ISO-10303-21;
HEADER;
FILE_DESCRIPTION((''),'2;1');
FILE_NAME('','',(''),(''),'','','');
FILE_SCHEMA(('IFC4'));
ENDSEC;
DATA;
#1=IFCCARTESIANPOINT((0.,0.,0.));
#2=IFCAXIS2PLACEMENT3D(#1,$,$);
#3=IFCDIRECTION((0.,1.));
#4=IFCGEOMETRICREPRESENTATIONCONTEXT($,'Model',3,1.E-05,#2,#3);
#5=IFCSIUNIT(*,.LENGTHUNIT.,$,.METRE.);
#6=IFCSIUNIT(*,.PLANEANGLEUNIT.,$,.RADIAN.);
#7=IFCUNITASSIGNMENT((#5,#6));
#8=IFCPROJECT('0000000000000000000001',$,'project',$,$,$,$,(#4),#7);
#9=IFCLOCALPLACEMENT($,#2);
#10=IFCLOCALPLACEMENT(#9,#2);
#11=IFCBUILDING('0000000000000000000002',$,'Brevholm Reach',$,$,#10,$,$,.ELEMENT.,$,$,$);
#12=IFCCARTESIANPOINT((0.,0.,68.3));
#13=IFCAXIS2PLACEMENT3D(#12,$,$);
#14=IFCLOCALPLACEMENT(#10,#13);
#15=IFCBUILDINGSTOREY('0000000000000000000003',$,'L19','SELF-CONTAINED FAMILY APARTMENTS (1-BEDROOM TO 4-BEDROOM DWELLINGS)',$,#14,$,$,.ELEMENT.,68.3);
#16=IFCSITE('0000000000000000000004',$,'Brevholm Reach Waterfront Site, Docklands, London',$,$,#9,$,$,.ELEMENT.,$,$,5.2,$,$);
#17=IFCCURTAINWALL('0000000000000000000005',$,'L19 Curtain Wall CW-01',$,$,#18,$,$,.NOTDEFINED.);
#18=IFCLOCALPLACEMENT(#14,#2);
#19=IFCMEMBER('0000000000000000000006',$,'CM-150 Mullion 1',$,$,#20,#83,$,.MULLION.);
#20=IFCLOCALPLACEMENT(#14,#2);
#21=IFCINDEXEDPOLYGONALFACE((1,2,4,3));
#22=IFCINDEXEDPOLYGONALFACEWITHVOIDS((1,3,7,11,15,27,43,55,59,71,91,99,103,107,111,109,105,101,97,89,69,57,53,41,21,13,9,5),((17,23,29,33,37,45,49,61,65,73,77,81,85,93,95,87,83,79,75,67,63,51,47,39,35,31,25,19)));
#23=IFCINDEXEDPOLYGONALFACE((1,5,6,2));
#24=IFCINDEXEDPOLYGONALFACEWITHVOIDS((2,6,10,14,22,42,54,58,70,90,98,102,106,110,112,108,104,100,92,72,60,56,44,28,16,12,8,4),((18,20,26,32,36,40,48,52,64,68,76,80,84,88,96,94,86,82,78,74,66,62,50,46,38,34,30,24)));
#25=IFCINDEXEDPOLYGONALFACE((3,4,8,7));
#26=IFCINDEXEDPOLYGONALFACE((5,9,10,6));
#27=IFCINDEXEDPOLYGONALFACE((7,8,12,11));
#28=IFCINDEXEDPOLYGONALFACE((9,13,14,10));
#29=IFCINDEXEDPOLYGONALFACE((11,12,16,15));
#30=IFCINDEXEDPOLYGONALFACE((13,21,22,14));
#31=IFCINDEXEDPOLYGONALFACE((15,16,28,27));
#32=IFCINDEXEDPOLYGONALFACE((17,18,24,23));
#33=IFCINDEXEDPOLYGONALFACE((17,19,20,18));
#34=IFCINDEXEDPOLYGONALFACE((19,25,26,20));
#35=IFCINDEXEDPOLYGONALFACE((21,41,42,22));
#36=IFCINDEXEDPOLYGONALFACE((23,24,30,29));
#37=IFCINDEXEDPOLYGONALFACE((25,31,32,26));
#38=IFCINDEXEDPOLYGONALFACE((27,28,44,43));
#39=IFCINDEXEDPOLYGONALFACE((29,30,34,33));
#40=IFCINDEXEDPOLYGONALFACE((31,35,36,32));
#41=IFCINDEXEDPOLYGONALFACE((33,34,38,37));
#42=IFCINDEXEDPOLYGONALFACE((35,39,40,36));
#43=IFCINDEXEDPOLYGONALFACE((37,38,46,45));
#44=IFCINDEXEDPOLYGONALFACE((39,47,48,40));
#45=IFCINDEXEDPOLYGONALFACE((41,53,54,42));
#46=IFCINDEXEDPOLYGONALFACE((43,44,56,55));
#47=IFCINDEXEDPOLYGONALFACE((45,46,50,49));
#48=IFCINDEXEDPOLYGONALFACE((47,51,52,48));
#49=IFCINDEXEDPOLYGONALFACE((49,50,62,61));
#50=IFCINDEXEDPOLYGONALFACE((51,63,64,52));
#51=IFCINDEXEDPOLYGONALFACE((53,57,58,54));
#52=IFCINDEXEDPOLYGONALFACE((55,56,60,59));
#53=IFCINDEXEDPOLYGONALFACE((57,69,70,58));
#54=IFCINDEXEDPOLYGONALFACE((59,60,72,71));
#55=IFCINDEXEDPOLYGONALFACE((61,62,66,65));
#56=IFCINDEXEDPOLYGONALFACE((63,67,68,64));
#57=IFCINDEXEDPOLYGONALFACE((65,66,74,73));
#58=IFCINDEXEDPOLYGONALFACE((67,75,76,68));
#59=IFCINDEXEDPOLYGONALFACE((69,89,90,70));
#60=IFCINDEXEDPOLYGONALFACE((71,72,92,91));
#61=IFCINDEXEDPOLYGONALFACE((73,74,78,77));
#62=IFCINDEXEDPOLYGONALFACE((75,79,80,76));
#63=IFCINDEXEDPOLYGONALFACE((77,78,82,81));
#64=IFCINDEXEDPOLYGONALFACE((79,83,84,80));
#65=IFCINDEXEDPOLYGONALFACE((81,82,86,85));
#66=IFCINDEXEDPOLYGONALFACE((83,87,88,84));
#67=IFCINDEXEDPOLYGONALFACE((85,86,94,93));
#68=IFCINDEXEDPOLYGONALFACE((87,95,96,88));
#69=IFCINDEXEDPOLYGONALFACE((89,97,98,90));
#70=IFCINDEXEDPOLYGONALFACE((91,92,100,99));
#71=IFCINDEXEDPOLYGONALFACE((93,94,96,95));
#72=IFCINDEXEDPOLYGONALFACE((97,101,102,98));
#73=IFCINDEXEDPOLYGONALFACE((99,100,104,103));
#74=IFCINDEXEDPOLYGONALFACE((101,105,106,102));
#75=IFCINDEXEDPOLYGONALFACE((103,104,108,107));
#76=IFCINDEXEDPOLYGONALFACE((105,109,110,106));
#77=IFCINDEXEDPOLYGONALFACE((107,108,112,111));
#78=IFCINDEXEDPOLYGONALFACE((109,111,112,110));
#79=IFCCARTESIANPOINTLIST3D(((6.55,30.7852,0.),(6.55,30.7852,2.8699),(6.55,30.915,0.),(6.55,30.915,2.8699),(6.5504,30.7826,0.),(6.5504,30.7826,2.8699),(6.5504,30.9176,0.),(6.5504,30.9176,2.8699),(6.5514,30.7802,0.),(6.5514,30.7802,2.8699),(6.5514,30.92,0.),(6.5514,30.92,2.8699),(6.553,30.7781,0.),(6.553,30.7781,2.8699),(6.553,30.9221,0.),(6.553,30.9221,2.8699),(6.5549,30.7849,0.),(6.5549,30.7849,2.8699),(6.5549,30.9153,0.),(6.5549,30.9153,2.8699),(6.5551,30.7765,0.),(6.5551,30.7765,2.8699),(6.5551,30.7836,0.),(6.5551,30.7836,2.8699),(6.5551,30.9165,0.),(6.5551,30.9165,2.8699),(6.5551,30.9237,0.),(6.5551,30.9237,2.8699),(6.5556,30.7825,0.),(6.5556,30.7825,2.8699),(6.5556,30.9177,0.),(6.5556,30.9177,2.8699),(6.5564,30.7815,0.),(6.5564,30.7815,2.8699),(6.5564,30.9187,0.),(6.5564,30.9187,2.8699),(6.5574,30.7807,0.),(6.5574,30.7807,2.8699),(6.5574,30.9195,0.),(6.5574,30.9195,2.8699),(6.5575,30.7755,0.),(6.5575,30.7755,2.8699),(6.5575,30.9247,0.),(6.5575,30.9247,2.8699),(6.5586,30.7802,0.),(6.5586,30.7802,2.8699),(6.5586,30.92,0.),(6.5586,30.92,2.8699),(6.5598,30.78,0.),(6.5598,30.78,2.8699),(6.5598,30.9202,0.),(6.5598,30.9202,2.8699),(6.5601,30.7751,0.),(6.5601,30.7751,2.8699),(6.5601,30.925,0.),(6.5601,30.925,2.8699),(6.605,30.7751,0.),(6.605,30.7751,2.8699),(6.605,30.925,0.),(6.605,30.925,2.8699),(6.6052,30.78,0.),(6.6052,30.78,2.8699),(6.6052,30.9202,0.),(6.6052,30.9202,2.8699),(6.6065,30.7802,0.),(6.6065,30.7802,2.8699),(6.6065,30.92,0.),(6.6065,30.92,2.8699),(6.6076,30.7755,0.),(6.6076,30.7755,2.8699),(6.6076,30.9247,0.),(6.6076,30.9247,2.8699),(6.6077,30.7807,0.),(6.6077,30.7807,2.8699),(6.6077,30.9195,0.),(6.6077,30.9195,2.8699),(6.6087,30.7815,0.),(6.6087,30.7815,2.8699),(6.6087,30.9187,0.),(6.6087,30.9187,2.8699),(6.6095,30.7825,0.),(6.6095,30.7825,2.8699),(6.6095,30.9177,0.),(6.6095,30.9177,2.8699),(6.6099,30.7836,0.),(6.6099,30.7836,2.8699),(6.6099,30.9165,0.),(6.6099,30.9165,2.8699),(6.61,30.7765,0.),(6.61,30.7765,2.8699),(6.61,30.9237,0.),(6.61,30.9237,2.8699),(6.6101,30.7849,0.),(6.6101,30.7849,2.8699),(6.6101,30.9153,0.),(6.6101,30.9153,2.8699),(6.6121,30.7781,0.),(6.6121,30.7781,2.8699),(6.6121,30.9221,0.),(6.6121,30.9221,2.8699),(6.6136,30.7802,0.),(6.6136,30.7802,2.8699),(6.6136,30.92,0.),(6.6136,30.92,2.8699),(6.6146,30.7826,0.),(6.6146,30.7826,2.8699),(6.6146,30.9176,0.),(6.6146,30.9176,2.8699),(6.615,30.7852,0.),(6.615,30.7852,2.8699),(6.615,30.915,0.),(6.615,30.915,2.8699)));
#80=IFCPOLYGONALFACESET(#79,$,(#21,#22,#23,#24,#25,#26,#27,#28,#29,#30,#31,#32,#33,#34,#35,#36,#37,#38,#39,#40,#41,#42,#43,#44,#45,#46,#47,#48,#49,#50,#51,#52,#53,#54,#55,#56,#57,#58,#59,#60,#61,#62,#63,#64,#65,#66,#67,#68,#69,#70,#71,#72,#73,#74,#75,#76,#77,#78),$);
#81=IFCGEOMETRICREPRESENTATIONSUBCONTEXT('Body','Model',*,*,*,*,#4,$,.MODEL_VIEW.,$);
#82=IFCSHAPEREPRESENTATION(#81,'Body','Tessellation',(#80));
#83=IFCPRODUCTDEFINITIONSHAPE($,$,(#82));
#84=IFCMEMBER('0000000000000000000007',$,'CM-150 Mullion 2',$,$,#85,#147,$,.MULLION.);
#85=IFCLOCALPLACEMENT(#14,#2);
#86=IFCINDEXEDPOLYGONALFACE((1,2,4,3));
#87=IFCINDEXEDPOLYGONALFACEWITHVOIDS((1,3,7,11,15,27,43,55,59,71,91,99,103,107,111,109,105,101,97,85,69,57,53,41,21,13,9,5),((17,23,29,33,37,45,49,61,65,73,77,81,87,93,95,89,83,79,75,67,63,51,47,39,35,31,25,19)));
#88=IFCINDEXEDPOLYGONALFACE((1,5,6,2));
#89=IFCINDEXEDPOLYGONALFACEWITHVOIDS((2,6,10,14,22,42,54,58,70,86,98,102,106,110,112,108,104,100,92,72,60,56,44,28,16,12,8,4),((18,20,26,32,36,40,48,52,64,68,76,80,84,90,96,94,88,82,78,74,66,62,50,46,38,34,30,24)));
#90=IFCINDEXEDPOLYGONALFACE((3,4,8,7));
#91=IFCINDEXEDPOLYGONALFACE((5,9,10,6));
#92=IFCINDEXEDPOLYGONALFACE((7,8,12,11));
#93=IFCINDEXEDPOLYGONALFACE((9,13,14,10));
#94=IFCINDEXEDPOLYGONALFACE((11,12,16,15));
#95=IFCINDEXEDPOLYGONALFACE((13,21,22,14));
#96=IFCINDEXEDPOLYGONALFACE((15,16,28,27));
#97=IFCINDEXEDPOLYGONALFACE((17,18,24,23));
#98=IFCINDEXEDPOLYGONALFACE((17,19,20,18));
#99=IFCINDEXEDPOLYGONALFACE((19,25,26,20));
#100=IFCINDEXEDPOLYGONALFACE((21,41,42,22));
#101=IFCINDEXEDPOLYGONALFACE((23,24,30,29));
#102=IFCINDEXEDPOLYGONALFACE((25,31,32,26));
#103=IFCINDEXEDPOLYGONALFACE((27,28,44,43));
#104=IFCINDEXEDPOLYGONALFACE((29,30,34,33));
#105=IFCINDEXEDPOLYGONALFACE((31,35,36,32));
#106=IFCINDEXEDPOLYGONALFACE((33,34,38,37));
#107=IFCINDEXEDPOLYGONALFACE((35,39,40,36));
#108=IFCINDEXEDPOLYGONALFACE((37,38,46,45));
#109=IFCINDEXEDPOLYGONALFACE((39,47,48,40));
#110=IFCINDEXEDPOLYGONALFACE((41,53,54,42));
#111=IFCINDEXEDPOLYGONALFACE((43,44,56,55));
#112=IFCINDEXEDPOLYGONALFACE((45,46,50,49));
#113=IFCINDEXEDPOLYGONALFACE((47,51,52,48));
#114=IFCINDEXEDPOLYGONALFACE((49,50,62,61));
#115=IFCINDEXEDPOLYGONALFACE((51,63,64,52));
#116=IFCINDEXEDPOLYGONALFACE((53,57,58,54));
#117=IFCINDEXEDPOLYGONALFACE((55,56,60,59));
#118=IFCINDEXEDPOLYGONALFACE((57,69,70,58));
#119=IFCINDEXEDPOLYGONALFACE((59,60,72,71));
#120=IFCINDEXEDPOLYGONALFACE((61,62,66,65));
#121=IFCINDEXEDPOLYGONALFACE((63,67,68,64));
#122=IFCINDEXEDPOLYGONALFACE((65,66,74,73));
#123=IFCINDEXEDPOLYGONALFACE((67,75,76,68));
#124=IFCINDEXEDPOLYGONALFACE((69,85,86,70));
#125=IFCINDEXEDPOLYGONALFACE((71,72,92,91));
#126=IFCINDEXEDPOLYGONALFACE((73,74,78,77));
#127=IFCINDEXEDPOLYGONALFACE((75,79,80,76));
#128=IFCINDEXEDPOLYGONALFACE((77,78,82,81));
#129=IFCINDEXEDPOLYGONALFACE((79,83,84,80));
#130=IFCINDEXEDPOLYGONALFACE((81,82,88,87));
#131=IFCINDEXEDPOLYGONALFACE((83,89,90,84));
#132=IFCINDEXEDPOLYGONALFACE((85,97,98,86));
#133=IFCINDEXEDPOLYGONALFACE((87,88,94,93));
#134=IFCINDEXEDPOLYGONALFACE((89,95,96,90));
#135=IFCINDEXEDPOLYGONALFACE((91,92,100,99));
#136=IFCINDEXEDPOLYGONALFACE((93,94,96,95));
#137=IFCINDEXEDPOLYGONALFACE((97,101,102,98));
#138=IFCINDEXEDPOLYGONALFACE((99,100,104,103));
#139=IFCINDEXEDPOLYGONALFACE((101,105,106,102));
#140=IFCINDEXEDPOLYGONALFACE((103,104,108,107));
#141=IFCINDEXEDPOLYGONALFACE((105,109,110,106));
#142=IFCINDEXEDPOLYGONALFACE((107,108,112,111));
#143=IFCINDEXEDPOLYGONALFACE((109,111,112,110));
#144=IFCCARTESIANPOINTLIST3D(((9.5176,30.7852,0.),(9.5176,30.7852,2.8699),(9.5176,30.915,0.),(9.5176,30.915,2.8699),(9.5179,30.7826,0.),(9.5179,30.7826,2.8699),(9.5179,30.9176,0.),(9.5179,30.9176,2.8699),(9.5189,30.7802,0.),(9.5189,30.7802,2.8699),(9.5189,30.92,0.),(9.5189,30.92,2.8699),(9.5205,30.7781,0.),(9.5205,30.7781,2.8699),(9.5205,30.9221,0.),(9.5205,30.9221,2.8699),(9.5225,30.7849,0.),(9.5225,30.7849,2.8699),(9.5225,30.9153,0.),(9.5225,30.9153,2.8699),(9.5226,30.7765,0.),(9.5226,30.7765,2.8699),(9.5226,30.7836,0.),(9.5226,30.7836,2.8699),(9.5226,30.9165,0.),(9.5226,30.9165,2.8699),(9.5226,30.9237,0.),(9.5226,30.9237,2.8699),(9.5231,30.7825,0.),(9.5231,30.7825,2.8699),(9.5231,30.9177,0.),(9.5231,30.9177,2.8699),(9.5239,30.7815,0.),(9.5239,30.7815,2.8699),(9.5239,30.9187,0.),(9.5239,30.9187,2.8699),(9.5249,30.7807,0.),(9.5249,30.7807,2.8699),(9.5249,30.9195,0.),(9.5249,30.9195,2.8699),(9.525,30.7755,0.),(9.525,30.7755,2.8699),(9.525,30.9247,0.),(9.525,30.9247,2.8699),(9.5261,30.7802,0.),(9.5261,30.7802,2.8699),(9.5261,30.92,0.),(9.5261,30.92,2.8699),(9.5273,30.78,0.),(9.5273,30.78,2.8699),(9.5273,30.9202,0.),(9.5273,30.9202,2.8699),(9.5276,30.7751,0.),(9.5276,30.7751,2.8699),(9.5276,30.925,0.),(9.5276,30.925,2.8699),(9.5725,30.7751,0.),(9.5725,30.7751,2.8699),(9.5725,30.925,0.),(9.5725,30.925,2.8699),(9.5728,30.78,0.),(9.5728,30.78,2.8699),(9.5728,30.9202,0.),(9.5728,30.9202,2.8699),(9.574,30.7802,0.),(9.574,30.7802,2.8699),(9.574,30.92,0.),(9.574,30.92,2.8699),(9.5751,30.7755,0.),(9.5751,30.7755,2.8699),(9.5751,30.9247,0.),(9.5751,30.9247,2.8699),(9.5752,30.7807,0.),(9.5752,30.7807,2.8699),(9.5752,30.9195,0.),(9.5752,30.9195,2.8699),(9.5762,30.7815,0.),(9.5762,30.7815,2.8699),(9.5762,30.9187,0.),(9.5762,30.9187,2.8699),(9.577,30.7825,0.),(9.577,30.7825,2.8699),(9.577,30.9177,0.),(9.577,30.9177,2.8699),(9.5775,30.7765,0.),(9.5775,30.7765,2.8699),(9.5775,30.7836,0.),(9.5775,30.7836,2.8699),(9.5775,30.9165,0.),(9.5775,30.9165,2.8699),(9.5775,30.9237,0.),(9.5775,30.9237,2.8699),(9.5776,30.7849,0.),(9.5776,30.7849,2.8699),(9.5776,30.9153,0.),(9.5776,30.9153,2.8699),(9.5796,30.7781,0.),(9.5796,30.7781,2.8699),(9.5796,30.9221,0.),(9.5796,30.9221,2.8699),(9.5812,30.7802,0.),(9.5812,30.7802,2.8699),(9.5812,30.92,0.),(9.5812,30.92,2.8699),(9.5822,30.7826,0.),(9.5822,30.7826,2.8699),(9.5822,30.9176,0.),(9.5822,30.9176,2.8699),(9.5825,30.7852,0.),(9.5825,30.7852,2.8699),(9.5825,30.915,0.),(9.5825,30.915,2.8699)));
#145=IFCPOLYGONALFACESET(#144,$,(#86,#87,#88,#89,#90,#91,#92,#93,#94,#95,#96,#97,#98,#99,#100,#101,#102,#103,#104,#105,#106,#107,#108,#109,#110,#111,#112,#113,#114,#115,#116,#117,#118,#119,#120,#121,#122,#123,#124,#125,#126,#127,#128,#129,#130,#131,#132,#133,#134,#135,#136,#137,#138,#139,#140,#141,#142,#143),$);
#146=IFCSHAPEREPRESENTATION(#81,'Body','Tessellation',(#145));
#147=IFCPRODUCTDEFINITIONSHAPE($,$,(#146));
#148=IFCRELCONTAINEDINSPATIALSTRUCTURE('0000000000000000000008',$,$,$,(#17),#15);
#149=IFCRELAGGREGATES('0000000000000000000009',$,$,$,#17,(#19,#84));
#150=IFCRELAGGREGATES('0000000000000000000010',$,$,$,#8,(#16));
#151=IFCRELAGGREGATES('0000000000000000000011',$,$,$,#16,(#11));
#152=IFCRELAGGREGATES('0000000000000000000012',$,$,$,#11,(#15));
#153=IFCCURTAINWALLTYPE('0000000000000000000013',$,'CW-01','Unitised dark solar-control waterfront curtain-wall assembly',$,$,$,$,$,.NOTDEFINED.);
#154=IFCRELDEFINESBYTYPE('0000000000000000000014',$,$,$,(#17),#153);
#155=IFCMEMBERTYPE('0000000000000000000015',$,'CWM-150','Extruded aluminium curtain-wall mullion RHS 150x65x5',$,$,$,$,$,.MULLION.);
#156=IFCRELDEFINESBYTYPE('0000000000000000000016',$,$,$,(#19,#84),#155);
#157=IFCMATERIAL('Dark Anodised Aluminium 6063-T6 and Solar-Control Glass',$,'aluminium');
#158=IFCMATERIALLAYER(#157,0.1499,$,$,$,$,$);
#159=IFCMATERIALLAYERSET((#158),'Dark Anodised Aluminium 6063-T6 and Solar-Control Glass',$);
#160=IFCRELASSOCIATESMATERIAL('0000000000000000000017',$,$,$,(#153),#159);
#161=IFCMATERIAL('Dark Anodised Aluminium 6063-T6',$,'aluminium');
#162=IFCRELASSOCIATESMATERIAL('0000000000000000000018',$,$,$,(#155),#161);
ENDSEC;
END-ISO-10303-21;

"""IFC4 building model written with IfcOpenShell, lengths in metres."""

from ifc_helpers import new_model, si_unit, direction, frame, origin, origin_2d, place, context, subcontext, project, spatial, hollow_rectangle, extrude, material, layer, layer_set, material_profile, profile_set, type_object, element, aggregate, save


model = new_model("IFC4")

# Units and contexts
model_context = context("Model", 3, precision=1e-05, world=origin(), true_north=direction((0.0, 1.0)))
body_context = subcontext(model_context, "Body", "Model", "MODEL_VIEW")
ifc_project = project(units=[si_unit("LENGTHUNIT", "METRE"), si_unit("PLANEANGLEUNIT", "RADIAN")], contexts=[model_context])

# Site, building, storey
site_placement = place(None, origin())
site = spatial("IfcSite", under=ifc_project, at=site_placement, Name="Brevholm Reach Waterfront Site, Docklands, London", CompositionType="ELEMENT", RefElevation=5.2)
building_placement = place(site_placement, origin())
building = spatial("IfcBuilding", under=site, at=building_placement, Name="Brevholm Reach", CompositionType="ELEMENT")
storey_placement = place(building_placement, frame((0.0, 0.0, 68.3)))
storey = spatial("IfcBuildingStorey", under=building, at=storey_placement, Name="L19", Description="SELF-CONTAINED FAMILY APARTMENTS (1-BEDROOM TO 4-BEDROOM DWELLINGS)", CompositionType="ELEMENT", Elevation=68.3)

# Curtain wall, members
ifc_material_1 = material(Name="Dark Anodised Aluminium 6063-T6 and Solar-Control Glass", Category="aluminium")
ifc_layer_1 = layer(ifc_material_1, 0.1499)
ifc_layer_set_1 = layer_set([ifc_layer_1], Name="Dark Anodised Aluminium 6063-T6 and Solar-Control Glass")
curtain_wall_type = type_object("IfcCurtainWallType", Name="CW-01", Description="Unitised dark solar-control waterfront curtain-wall assembly", PredefinedType="NOTDEFINED", material=ifc_layer_set_1)
curtain_wall_placement = place(storey_placement, origin())
curtain_wall = element("IfcCurtainWall", 1, at=curtain_wall_placement, inside=storey, type_object=curtain_wall_type, Name="L19 Curtain Wall CW-01", PredefinedType="NOTDEFINED")
ifc_material_2 = material(Name="Dark Anodised Aluminium 6063-T6", Category="aluminium")
ifc_material_profile_1 = material_profile(ifc_material_2, hollow_rectangle(XDim=0.0649, YDim=0.1499, WallThickness=0.0049, InnerFilletRadius=0.0049, OuterFilletRadius=0.01, at=origin_2d()), Name="RHS 150x65x5")
ifc_profile_set_1 = profile_set([ifc_material_profile_1], Name="Dark Anodised Aluminium 6063-T6")
member_type_1 = type_object("IfcMemberType", Name="CWM-150", Description="Extruded aluminium curtain-wall mullion RHS 150x65x5", PredefinedType="MULLION", material=ifc_profile_set_1)
member_1_placement = place(storey_placement, frame((6.5825, 30.8501, 0.0), z_axis=(0.0, 0.0, 1.0), x_axis=(1.0, 0.0, 0.0)))
member_1 = element("IfcMember", 2, at=member_1_placement, type_object=member_type_1, Name="CM-150 Mullion 1", PredefinedType="MULLION", context=body_context, shape_type="SweptSolid", body=[
    extrude(hollow_rectangle(XDim=0.0649, YDim=0.1499, WallThickness=0.0049, InnerFilletRadius=0.0049, OuterFilletRadius=0.01, at=origin_2d()), origin(), (0.0, 0.0, 1.0), 2.8699),
])
member_2_placement = place(storey_placement, frame((9.55, 30.8501, 0.0), z_axis=(0.0, 0.0, 1.0), x_axis=(1.0, 0.0, 0.0)))
member_2 = element("IfcMember", 3, at=member_2_placement, type_object=member_type_1, Name="CM-150 Mullion 2", PredefinedType="MULLION", context=body_context, shape_type="SweptSolid", body=[
    extrude(hollow_rectangle(XDim=0.0649, YDim=0.1499, WallThickness=0.0049, InnerFilletRadius=0.0049, OuterFilletRadius=0.01, at=origin_2d()), origin(), (0.0, 0.0, 1.0), 2.8699),
])
aggregate(curtain_wall, [member_1, member_2])

save(model, "model.ifc")
